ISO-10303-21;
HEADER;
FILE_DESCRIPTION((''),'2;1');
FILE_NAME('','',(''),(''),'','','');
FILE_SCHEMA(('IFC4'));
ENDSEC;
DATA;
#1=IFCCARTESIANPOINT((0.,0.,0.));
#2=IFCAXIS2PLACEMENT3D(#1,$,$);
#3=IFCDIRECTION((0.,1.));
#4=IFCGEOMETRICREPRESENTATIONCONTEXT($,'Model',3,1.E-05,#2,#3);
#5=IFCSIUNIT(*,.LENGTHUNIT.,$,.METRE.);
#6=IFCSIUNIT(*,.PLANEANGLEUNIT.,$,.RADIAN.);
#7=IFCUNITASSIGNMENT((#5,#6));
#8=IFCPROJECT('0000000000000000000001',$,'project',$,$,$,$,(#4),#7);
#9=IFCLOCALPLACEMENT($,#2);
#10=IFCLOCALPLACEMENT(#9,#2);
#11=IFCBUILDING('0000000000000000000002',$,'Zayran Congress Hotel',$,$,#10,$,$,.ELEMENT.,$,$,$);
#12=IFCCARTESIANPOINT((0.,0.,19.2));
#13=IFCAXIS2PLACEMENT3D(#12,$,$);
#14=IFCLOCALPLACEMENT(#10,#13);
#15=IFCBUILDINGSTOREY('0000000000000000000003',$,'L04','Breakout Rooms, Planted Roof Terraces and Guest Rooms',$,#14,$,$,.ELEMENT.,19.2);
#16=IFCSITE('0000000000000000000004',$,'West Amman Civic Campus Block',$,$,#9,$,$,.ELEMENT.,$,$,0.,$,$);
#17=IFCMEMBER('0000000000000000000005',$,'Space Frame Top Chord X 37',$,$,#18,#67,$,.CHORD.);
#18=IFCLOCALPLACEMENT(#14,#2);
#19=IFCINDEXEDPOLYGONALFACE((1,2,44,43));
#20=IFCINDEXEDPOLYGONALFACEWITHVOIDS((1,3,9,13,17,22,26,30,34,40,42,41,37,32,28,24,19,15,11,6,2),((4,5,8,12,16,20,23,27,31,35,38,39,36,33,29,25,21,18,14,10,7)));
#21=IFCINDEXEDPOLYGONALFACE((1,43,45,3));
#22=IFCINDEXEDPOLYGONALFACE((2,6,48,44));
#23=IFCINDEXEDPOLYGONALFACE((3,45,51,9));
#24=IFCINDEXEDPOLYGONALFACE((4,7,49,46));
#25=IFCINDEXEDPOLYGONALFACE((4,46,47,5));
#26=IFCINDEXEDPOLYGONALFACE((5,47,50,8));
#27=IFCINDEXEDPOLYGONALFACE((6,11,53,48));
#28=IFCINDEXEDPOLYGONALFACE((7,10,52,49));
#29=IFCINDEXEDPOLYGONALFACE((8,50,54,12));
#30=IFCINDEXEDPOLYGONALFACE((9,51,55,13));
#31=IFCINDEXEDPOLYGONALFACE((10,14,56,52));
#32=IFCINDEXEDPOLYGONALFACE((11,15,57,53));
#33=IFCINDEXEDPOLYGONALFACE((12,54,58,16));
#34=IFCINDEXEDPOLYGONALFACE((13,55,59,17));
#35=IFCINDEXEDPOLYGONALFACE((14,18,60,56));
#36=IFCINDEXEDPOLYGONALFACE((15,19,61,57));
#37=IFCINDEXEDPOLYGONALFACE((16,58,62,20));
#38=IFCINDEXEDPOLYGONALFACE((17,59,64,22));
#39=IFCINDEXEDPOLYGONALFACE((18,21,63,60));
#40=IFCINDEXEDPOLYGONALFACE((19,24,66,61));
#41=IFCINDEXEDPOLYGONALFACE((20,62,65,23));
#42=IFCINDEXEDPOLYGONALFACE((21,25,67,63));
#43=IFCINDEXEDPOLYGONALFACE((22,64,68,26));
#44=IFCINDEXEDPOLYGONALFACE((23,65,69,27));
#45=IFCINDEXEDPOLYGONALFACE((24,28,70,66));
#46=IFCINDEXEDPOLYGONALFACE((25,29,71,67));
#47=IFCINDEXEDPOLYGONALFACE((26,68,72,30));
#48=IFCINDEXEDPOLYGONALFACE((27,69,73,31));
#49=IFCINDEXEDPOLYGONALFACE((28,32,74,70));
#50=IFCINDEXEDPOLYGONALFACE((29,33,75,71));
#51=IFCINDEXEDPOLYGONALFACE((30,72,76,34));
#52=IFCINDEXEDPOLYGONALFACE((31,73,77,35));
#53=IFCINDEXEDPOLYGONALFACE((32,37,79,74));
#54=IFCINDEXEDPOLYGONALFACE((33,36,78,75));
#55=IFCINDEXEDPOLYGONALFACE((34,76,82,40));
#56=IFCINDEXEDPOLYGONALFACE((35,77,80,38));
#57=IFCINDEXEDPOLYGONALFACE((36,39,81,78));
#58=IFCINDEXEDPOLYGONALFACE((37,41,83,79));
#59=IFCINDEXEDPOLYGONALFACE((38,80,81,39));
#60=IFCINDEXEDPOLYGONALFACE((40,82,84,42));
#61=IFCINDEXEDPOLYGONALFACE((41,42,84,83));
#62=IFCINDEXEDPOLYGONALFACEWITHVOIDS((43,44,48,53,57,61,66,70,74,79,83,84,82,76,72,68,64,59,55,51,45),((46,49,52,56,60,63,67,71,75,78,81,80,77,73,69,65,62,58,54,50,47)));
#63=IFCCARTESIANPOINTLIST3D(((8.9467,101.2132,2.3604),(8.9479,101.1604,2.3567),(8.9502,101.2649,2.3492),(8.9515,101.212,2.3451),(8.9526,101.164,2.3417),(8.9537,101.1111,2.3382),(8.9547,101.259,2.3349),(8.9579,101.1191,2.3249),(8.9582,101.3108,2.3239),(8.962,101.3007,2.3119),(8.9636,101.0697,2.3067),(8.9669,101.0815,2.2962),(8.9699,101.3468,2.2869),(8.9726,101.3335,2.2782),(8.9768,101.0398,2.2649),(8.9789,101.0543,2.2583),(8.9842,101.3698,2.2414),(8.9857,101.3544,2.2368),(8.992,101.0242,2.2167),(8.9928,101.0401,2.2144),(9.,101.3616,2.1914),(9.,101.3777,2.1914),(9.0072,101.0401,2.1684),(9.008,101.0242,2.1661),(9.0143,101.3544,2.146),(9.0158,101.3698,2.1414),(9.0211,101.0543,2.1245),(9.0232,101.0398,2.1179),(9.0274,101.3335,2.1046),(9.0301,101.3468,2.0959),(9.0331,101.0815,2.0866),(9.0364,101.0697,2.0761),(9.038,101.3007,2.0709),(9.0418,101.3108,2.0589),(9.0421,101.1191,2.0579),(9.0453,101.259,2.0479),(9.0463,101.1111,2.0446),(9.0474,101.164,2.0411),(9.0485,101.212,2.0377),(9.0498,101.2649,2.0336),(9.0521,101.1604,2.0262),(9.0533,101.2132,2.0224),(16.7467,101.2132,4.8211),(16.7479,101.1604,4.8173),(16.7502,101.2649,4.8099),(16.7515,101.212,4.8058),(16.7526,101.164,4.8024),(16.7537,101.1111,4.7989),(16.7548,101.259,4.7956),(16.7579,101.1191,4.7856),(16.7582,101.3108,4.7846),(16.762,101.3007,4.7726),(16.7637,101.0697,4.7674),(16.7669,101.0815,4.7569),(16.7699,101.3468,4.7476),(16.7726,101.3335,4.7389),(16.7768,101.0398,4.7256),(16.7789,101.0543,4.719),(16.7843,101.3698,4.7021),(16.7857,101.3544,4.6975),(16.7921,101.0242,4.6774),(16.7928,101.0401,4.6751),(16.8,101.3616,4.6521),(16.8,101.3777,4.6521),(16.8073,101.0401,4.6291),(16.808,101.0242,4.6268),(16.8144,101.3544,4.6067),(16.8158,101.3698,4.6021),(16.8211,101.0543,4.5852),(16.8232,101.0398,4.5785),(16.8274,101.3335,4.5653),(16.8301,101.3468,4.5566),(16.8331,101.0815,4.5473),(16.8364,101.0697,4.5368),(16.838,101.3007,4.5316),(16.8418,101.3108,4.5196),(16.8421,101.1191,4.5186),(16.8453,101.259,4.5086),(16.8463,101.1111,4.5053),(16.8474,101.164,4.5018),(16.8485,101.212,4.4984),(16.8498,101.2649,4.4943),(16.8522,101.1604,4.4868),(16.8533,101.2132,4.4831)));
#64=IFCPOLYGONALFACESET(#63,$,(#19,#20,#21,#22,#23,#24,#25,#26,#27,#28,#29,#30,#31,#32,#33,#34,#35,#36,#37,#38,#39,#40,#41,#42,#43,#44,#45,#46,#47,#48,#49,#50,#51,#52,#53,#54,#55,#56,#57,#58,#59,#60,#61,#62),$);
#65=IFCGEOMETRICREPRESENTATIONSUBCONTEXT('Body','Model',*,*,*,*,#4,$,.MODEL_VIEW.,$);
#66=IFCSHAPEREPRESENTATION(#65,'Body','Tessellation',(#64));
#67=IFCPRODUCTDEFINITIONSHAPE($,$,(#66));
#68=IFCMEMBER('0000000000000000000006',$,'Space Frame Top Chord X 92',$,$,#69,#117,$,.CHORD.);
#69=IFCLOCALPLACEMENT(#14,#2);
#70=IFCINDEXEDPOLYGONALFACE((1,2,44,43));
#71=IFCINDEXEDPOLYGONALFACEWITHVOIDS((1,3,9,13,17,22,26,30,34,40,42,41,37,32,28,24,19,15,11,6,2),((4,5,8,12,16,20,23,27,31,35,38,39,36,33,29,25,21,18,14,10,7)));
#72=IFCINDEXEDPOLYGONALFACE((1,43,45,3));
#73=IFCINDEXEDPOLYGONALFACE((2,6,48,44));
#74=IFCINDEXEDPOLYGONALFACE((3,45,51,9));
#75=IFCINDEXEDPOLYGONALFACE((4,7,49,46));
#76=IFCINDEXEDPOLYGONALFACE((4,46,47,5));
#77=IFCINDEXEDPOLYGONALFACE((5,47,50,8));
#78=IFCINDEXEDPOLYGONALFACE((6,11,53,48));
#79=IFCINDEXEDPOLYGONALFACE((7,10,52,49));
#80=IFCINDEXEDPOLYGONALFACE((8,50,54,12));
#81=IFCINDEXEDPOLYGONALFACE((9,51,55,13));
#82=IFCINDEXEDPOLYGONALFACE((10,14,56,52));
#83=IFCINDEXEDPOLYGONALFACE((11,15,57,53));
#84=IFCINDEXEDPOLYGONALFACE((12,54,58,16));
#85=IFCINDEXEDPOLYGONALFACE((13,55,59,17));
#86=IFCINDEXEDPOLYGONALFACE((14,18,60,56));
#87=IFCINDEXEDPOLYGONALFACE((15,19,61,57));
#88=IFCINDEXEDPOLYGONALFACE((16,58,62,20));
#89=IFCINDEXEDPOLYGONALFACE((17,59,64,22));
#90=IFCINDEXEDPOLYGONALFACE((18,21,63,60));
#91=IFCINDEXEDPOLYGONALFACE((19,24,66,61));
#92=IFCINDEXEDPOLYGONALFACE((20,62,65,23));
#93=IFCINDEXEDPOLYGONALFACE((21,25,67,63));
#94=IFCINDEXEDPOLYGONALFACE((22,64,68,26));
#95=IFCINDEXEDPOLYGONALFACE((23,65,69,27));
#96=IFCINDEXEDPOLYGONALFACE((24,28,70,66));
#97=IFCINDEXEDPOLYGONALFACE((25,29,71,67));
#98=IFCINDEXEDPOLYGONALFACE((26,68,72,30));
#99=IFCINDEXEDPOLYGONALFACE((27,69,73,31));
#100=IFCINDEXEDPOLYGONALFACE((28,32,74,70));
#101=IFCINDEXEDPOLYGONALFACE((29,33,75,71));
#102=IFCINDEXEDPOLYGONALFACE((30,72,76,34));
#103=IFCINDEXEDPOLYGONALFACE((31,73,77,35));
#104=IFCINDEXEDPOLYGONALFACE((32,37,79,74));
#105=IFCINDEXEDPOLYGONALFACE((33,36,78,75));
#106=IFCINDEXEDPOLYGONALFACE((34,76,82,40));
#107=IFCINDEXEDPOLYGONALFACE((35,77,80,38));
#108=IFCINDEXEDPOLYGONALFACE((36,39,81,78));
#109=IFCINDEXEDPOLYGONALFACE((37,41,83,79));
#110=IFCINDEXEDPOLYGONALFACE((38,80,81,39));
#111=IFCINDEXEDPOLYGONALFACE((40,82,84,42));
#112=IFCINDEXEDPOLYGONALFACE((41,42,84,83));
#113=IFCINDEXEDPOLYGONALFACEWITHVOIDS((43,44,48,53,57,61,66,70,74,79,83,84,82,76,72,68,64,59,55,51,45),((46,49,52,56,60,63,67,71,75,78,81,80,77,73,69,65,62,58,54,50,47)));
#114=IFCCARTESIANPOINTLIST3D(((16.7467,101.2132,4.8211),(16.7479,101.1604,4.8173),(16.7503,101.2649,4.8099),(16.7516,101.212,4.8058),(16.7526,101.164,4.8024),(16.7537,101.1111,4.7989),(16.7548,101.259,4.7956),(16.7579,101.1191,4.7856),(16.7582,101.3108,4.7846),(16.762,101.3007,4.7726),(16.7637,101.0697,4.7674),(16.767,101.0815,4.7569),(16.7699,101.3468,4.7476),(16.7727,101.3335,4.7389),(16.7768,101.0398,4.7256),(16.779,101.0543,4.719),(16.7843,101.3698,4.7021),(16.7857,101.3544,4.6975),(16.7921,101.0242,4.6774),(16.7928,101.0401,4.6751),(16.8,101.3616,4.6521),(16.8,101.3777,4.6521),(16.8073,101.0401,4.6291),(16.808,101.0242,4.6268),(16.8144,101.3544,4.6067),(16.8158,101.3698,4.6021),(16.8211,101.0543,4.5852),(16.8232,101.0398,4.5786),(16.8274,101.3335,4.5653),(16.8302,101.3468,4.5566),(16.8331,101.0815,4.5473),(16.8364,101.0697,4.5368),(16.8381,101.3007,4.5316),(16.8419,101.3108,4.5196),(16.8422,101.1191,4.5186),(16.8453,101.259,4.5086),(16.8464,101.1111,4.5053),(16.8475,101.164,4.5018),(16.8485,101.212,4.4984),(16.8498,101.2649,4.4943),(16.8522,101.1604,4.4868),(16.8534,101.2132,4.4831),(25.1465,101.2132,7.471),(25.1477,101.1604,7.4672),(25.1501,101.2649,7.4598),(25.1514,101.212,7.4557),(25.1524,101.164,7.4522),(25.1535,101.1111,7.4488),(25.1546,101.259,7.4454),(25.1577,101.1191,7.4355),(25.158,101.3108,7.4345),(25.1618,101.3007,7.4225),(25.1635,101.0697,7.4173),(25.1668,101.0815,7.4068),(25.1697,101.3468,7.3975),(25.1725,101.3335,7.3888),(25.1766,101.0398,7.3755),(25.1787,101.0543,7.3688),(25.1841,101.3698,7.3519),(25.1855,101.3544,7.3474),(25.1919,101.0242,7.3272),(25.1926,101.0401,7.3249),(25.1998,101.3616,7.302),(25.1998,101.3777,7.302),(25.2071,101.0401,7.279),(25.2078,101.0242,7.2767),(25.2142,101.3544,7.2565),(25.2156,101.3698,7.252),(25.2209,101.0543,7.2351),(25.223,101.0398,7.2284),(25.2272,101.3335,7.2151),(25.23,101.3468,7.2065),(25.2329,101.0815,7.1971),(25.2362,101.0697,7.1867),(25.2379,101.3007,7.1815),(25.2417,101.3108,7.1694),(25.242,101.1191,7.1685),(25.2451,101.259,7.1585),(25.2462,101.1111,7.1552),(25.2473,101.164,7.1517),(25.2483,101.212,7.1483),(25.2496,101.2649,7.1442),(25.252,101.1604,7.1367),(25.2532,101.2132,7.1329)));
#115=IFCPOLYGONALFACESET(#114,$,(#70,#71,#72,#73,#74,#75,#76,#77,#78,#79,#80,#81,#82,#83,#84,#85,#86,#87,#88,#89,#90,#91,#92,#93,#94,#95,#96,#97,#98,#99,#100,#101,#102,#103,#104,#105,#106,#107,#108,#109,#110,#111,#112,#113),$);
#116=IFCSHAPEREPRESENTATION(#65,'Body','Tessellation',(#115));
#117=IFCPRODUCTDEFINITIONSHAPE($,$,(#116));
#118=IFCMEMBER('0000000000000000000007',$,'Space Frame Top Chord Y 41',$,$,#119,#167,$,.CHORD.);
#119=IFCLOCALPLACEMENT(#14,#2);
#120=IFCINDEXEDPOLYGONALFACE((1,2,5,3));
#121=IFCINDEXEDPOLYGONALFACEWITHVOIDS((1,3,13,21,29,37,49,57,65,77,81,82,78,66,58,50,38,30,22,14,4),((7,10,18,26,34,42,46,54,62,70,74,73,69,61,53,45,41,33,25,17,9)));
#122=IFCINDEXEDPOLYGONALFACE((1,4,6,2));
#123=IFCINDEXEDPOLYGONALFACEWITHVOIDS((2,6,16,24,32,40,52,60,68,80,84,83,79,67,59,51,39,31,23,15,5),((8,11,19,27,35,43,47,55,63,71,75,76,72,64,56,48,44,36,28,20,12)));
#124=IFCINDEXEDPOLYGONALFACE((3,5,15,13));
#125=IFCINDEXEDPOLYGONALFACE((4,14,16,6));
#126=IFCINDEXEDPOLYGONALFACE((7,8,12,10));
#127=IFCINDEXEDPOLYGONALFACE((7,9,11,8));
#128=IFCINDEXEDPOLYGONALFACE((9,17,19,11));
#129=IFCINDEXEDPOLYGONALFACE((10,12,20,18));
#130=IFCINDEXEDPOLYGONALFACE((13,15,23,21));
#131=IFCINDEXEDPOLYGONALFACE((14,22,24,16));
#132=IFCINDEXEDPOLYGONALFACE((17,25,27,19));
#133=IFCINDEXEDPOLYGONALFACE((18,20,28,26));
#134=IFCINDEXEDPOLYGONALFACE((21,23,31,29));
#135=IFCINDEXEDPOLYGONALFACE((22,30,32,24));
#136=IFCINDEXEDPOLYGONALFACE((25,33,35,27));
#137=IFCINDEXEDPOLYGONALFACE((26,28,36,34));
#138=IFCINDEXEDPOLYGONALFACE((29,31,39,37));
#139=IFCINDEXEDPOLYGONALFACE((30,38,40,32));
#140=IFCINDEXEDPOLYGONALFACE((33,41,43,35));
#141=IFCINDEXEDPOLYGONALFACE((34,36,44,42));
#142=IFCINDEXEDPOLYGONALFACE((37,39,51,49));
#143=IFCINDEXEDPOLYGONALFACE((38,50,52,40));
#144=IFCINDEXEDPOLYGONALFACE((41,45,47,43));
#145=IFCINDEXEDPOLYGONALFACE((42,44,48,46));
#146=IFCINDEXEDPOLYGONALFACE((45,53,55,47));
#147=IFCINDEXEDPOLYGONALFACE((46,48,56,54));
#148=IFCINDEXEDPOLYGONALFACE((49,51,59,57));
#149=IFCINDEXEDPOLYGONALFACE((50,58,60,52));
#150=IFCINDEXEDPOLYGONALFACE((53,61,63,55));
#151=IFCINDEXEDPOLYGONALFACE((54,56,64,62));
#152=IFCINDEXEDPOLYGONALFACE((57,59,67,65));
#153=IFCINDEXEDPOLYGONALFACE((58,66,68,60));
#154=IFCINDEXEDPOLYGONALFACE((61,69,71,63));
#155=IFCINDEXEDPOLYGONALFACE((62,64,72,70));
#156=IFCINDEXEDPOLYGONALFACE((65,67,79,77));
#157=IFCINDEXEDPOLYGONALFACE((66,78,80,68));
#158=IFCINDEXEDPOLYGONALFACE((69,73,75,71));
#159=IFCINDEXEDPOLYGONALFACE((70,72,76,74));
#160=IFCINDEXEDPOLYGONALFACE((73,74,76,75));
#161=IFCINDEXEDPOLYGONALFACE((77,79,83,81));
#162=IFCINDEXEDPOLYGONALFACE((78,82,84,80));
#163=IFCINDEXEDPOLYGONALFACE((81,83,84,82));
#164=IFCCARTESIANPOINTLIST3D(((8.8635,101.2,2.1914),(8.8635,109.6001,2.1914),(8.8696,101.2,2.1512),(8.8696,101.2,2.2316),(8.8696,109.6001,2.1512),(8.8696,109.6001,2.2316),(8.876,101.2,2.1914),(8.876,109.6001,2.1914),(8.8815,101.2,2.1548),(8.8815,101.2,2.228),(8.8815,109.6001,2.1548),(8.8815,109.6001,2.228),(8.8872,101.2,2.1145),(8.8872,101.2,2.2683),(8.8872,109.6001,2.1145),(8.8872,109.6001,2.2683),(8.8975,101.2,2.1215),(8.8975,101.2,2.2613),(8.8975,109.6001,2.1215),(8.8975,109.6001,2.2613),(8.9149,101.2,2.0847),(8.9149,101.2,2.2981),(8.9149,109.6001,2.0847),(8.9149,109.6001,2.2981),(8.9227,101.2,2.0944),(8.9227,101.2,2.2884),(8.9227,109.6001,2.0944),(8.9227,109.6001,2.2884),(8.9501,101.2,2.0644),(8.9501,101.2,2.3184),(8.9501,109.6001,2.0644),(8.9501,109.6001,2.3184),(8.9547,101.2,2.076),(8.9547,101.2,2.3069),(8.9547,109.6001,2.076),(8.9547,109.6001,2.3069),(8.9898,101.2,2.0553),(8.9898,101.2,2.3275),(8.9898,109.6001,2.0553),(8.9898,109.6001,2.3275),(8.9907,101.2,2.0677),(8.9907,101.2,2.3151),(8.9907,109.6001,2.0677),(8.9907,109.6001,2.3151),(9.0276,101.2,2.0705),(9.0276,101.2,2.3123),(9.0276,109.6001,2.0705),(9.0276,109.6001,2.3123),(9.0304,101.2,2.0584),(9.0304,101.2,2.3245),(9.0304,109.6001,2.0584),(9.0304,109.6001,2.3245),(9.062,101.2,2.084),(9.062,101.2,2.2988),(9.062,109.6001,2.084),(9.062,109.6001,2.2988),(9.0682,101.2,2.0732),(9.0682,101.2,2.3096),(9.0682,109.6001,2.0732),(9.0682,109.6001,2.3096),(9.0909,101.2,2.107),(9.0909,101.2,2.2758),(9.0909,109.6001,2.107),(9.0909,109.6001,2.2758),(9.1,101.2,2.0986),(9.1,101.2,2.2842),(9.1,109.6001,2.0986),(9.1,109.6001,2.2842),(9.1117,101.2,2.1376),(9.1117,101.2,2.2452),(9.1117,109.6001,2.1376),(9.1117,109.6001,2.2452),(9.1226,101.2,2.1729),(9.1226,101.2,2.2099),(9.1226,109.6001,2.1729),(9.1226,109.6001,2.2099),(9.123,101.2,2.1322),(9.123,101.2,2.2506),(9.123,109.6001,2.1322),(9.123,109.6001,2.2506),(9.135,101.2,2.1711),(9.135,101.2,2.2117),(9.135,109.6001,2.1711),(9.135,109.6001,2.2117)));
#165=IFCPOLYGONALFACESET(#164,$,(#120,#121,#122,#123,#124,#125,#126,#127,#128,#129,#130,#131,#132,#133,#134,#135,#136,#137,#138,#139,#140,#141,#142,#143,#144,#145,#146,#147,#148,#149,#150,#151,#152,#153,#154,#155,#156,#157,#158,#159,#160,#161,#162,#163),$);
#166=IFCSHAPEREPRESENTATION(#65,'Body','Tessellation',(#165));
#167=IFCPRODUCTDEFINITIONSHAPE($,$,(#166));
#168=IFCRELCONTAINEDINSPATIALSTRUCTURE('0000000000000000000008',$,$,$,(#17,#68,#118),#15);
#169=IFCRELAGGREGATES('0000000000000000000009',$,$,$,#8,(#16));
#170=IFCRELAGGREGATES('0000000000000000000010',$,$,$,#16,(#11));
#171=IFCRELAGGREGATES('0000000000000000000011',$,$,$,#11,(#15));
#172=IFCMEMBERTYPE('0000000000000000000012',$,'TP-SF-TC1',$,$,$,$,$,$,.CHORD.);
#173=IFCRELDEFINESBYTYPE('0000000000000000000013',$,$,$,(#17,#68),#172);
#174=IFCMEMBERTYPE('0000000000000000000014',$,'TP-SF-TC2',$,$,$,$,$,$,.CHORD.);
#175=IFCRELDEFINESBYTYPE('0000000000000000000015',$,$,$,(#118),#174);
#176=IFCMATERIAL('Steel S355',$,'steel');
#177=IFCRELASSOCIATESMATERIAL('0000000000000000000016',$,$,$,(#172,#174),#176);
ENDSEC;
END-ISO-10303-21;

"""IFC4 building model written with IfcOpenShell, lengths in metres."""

from ifc_helpers import new_model, si_unit, direction, frame, origin, origin_2d, place, context, subcontext, project, spatial, hollow_circle, extrude, material, material_profile, profile_set, type_object, element, save


model = new_model("IFC4")

# Units and contexts
model_context = context("Model", 3, precision=1e-05, world=origin(), true_north=direction((0.0, 1.0)))
body_context = subcontext(model_context, "Body", "Model", "MODEL_VIEW")
ifc_project = project(units=[si_unit("LENGTHUNIT", "METRE"), si_unit("PLANEANGLEUNIT", "RADIAN")], contexts=[model_context])

# Site, building, storey
site_placement = place(None, origin())
site = spatial("IfcSite", under=ifc_project, at=site_placement, Name="West Amman Civic Campus Block", CompositionType="ELEMENT", RefElevation=0.0)
building_placement = place(site_placement, origin())
building = spatial("IfcBuilding", under=site, at=building_placement, Name="Zayran Congress Hotel", CompositionType="ELEMENT")
storey_placement = place(building_placement, frame((0.0, 0.0, 19.2)))
storey = spatial("IfcBuildingStorey", under=building, at=storey_placement, Name="L04", Description="Breakout Rooms, Planted Roof Terraces and Guest Rooms", CompositionType="ELEMENT", Elevation=19.2)

# Members
ifc_material_1 = material(Name="Steel S355", Category="steel")
ifc_material_profile_1 = material_profile(ifc_material_1, hollow_circle(Radius=0.1777, WallThickness=0.0161, at=origin_2d()), Name="CHS 355.6x16")
ifc_profile_set_1 = profile_set([ifc_material_profile_1], Name="Steel S355")
member_type_1 = type_object("IfcMemberType", Name="TP-SF-TC1", PredefinedType="CHORD", material=ifc_profile_set_1)
member_1_placement = place(storey_placement, frame((9.0, 101.2, 2.1914), z_axis=(0.95367, 0.0, 0.300856), x_axis=(0.0, 1.0, 0.0)))
element("IfcMember", 1, at=member_1_placement, inside=storey, type_object=member_type_1, Name="Space Frame Top Chord X 37", PredefinedType="CHORD", context=body_context, shape_type="SweptSolid", body=[
    extrude(hollow_circle(Radius=0.1777, WallThickness=0.0161, at=origin_2d()), origin(), (0.0, 0.0, 1.0), 8.179),
])
member_2_placement = place(storey_placement, frame((16.8, 101.2, 4.6521), z_axis=(0.953671, 0.0, 0.300853), x_axis=(0.0, 1.0, 0.0)))
element("IfcMember", 2, at=member_2_placement, inside=storey, type_object=member_type_1, Name="Space Frame Top Chord X 92", PredefinedType="CHORD", context=body_context, shape_type="SweptSolid", body=[
    extrude(hollow_circle(Radius=0.1777, WallThickness=0.0161, at=origin_2d()), origin(), (0.0, 0.0, 1.0), 8.8079),
])
ifc_material_profile_2 = material_profile(ifc_material_1, hollow_circle(Radius=0.1365, WallThickness=0.0125, at=origin_2d()), Name="CHS 273x12.5")
ifc_profile_set_2 = profile_set([ifc_material_profile_2], Name="Steel S355")
member_type_2 = type_object("IfcMemberType", Name="TP-SF-TC2", PredefinedType="CHORD", material=ifc_profile_set_2)
member_3_placement = place(storey_placement, frame((9.0, 101.2, 2.1914), z_axis=(0.0, 1.0, 0.0), x_axis=(-1.0, 0.0, 0.0)))
element("IfcMember", 3, at=member_3_placement, inside=storey, type_object=member_type_2, Name="Space Frame Top Chord Y 41", PredefinedType="CHORD", context=body_context, shape_type="SweptSolid", body=[
    extrude(hollow_circle(Radius=0.1365, WallThickness=0.0125, at=origin_2d()), origin(), (0.0, 0.0, 1.0), 8.4001),
])

save(model, "model.ifc")
